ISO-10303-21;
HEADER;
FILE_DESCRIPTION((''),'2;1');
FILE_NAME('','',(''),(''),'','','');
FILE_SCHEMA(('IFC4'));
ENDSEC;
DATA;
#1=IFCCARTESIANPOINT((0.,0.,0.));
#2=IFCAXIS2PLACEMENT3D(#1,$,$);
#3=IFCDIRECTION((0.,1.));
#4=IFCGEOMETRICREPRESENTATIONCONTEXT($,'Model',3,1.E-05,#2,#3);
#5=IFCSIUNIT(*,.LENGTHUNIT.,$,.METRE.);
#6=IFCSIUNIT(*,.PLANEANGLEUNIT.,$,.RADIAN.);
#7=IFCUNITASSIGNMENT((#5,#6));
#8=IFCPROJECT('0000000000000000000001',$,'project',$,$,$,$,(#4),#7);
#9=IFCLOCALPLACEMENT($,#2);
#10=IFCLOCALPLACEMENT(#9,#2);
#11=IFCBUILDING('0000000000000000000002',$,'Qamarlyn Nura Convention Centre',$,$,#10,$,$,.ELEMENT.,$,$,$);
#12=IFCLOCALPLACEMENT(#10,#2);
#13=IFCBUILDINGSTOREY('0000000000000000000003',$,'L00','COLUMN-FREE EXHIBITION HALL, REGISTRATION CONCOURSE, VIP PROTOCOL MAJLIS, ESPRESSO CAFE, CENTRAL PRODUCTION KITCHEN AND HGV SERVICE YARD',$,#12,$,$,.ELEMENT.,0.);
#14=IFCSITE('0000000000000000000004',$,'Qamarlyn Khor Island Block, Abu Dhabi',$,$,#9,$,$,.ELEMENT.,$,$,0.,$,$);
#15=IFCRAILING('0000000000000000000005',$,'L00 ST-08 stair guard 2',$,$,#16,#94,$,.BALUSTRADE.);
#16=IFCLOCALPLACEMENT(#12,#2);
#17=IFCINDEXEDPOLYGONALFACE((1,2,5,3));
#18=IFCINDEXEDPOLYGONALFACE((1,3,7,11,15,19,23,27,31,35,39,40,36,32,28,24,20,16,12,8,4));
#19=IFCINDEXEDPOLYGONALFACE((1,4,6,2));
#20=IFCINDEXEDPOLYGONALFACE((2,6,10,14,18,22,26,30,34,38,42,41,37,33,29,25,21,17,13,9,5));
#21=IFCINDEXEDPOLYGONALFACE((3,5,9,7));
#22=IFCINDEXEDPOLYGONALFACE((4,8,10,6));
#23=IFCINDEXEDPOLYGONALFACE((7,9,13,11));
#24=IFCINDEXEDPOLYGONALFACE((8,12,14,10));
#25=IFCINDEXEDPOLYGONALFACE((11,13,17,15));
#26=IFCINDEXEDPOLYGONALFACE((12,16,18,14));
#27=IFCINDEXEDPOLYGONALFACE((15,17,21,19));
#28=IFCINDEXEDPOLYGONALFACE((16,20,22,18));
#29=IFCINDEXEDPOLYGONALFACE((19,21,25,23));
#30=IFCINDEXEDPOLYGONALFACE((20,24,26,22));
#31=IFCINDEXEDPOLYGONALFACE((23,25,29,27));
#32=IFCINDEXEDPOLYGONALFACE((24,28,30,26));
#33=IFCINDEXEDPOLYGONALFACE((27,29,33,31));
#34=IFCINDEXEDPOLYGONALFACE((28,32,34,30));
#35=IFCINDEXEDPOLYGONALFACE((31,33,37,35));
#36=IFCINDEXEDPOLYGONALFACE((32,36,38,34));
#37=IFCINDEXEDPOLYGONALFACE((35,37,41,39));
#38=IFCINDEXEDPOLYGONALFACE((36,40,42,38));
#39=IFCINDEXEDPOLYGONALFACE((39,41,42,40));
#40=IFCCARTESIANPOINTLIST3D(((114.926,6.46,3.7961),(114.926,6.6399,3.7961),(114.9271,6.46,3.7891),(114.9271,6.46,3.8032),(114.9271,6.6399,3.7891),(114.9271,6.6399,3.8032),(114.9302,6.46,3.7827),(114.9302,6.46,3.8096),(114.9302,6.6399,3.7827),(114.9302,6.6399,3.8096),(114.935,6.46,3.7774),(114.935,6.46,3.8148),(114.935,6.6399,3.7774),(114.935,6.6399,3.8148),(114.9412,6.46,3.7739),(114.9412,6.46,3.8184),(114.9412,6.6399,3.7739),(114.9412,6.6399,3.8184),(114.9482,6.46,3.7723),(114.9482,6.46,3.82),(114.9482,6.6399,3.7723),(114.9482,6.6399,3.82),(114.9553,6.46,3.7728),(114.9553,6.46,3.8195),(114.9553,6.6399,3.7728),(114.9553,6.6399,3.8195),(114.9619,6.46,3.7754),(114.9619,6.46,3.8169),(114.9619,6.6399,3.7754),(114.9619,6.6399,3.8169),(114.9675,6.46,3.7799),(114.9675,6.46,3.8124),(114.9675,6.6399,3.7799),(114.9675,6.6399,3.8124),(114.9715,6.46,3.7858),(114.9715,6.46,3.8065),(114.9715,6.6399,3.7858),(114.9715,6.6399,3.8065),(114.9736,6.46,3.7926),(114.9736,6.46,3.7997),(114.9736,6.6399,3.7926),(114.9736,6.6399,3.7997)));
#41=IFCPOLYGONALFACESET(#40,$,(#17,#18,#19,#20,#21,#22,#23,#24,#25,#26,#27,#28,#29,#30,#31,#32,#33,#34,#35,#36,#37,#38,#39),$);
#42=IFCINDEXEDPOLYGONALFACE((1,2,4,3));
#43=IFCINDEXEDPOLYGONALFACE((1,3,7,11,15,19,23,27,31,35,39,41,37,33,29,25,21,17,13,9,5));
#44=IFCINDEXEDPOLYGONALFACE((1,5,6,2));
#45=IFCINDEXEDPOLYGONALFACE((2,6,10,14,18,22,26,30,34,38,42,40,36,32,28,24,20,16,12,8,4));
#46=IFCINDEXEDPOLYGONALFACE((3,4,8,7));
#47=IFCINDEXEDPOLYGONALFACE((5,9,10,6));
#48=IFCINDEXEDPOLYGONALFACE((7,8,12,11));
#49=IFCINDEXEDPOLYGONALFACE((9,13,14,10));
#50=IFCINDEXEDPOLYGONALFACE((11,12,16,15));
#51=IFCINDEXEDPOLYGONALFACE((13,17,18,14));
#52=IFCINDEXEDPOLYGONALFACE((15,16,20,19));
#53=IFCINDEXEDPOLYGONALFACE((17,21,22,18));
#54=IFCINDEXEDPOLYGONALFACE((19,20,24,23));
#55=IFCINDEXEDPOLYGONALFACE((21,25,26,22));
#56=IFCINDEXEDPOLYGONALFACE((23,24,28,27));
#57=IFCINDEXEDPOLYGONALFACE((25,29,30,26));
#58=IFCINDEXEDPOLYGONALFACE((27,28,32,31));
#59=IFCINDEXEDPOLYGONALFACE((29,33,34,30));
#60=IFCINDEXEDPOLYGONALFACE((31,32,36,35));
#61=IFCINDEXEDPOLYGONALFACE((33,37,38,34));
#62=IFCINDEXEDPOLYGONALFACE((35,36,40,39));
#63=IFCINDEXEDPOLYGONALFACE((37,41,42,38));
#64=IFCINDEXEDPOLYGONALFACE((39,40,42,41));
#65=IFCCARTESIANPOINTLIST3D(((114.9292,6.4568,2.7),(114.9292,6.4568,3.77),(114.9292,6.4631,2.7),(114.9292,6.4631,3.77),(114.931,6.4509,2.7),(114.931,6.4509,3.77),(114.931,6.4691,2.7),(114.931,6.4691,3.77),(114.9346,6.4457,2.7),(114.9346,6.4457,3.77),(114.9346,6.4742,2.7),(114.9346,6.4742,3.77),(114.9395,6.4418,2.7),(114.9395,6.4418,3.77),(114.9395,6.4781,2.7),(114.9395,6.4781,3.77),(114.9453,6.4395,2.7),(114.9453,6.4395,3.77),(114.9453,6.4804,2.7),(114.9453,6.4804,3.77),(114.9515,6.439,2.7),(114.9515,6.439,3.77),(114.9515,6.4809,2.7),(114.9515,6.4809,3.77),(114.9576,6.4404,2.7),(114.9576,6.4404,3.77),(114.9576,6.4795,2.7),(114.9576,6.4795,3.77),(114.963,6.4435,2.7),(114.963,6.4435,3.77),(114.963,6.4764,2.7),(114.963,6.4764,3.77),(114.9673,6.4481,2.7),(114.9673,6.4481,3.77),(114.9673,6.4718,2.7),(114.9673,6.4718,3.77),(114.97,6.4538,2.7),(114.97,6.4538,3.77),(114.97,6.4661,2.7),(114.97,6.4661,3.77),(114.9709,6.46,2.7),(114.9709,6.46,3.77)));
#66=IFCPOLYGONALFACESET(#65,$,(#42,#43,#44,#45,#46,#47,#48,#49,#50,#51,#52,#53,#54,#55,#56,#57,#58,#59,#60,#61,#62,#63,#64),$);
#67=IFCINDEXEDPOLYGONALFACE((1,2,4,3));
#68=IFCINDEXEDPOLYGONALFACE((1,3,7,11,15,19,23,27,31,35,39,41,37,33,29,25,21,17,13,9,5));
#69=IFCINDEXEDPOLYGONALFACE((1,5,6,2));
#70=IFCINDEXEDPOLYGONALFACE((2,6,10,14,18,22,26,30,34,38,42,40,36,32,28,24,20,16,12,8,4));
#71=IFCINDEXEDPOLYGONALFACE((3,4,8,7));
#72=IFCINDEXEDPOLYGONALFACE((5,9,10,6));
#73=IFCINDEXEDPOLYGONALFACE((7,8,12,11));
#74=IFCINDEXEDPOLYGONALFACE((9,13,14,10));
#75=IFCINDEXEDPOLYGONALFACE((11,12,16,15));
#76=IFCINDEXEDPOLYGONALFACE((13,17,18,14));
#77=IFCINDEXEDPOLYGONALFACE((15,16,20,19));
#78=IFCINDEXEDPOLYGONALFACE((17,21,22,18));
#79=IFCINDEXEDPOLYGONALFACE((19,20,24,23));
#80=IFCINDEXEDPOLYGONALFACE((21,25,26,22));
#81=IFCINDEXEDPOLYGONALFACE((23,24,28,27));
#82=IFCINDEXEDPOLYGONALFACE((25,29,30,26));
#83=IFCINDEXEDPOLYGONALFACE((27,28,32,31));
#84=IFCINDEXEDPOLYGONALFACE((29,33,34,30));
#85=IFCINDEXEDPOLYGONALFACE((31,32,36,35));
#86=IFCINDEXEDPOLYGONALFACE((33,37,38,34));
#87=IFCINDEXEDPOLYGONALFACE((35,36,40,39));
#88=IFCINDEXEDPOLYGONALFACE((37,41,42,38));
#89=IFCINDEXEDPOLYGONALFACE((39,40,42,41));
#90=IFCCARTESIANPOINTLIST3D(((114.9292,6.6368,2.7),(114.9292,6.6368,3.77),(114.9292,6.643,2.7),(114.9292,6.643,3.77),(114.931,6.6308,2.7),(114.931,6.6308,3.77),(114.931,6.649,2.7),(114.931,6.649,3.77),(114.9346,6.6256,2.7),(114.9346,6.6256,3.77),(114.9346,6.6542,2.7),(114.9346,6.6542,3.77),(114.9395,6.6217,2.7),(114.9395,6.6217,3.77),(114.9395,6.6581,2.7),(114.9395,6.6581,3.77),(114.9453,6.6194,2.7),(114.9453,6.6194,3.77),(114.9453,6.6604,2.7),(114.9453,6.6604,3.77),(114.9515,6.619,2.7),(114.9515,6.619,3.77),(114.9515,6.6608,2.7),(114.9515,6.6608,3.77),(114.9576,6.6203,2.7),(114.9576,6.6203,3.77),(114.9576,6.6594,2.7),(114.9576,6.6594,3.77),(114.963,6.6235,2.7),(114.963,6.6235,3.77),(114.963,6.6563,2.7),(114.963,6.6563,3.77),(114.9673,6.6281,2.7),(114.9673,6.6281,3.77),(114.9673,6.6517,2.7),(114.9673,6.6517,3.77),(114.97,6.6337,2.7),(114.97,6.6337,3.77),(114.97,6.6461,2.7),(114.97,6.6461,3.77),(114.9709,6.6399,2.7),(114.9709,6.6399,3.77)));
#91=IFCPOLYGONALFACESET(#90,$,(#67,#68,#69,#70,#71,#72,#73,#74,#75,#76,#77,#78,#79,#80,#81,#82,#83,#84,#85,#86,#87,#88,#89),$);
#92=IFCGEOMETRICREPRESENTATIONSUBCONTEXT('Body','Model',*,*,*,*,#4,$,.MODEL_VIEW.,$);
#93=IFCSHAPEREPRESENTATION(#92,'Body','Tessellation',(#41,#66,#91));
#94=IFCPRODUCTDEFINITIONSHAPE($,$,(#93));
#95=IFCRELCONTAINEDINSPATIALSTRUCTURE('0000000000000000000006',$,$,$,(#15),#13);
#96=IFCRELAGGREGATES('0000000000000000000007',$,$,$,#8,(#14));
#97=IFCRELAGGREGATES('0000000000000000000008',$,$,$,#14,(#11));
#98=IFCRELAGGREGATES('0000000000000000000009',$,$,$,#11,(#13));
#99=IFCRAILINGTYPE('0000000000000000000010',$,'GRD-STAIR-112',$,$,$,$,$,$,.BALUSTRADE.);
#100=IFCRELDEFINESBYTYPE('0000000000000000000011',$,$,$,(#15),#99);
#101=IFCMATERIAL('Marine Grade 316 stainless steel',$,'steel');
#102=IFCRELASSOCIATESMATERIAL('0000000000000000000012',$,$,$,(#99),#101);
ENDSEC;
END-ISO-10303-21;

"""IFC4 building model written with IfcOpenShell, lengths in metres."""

from ifc_helpers import new_model, si_unit, direction, frame, origin, origin_2d, place, context, subcontext, project, spatial, circle, extrude, material, type_object, element, save


model = new_model("IFC4")

# Units and contexts
model_context = context("Model", 3, precision=1e-05, world=origin(), true_north=direction((0.0, 1.0)))
body_context = subcontext(model_context, "Body", "Model", "MODEL_VIEW")
ifc_project = project(units=[si_unit("LENGTHUNIT", "METRE"), si_unit("PLANEANGLEUNIT", "RADIAN")], contexts=[model_context])

# Site, building, storey
site_placement = place(None, origin())
site = spatial("IfcSite", under=ifc_project, at=site_placement, Name="Qamarlyn Khor Island Block, Abu Dhabi", CompositionType="ELEMENT", RefElevation=0.0)
building_placement = place(site_placement, origin())
building = spatial("IfcBuilding", under=site, at=building_placement, Name="Qamarlyn Nura Convention Centre", CompositionType="ELEMENT")
storey_placement = place(building_placement, origin())
storey = spatial("IfcBuildingStorey", under=building, at=storey_placement, Name="L00", Description="COLUMN-FREE EXHIBITION HALL, REGISTRATION CONCOURSE, VIP PROTOCOL MAJLIS, ESPRESSO CAFE, CENTRAL PRODUCTION KITCHEN AND HGV SERVICE YARD", CompositionType="ELEMENT", Elevation=0.0)

# Railing
ifc_material_1 = material(Name="Marine Grade 316 stainless steel", Category="steel")
railing_type_1 = type_object("IfcRailingType", Name="GRD-STAIR-112", PredefinedType="BALUSTRADE", material=ifc_material_1)
railing_1_placement = place(storey_placement, frame((114.95, 6.46, 2.7)))
element("IfcRailing", 1, at=railing_1_placement, inside=storey, type_object=railing_type_1, Name="L00 ST-08 stair guard 2", PredefinedType="BALUSTRADE", context=body_context, shape_type="SweptSolid", body=[
    extrude(circle(Radius=0.0239, at=origin_2d()), frame((0.0, 0.0, 1.0962), z_axis=(0.0, 1.0, 0.0), x_axis=(-1.0, 0.0, 0.0)), (0.0, 0.0, 1.0), 0.1799),
    extrude(circle(Radius=0.021, at=origin_2d()), origin(), (0.0, 0.0, 1.0), 1.0701),
    extrude(circle(Radius=0.021, at=origin_2d()), frame((0.0, 0.1799, 0.0)), (0.0, 0.0, 1.0), 1.0701),
])

save(model, "model.ifc")
